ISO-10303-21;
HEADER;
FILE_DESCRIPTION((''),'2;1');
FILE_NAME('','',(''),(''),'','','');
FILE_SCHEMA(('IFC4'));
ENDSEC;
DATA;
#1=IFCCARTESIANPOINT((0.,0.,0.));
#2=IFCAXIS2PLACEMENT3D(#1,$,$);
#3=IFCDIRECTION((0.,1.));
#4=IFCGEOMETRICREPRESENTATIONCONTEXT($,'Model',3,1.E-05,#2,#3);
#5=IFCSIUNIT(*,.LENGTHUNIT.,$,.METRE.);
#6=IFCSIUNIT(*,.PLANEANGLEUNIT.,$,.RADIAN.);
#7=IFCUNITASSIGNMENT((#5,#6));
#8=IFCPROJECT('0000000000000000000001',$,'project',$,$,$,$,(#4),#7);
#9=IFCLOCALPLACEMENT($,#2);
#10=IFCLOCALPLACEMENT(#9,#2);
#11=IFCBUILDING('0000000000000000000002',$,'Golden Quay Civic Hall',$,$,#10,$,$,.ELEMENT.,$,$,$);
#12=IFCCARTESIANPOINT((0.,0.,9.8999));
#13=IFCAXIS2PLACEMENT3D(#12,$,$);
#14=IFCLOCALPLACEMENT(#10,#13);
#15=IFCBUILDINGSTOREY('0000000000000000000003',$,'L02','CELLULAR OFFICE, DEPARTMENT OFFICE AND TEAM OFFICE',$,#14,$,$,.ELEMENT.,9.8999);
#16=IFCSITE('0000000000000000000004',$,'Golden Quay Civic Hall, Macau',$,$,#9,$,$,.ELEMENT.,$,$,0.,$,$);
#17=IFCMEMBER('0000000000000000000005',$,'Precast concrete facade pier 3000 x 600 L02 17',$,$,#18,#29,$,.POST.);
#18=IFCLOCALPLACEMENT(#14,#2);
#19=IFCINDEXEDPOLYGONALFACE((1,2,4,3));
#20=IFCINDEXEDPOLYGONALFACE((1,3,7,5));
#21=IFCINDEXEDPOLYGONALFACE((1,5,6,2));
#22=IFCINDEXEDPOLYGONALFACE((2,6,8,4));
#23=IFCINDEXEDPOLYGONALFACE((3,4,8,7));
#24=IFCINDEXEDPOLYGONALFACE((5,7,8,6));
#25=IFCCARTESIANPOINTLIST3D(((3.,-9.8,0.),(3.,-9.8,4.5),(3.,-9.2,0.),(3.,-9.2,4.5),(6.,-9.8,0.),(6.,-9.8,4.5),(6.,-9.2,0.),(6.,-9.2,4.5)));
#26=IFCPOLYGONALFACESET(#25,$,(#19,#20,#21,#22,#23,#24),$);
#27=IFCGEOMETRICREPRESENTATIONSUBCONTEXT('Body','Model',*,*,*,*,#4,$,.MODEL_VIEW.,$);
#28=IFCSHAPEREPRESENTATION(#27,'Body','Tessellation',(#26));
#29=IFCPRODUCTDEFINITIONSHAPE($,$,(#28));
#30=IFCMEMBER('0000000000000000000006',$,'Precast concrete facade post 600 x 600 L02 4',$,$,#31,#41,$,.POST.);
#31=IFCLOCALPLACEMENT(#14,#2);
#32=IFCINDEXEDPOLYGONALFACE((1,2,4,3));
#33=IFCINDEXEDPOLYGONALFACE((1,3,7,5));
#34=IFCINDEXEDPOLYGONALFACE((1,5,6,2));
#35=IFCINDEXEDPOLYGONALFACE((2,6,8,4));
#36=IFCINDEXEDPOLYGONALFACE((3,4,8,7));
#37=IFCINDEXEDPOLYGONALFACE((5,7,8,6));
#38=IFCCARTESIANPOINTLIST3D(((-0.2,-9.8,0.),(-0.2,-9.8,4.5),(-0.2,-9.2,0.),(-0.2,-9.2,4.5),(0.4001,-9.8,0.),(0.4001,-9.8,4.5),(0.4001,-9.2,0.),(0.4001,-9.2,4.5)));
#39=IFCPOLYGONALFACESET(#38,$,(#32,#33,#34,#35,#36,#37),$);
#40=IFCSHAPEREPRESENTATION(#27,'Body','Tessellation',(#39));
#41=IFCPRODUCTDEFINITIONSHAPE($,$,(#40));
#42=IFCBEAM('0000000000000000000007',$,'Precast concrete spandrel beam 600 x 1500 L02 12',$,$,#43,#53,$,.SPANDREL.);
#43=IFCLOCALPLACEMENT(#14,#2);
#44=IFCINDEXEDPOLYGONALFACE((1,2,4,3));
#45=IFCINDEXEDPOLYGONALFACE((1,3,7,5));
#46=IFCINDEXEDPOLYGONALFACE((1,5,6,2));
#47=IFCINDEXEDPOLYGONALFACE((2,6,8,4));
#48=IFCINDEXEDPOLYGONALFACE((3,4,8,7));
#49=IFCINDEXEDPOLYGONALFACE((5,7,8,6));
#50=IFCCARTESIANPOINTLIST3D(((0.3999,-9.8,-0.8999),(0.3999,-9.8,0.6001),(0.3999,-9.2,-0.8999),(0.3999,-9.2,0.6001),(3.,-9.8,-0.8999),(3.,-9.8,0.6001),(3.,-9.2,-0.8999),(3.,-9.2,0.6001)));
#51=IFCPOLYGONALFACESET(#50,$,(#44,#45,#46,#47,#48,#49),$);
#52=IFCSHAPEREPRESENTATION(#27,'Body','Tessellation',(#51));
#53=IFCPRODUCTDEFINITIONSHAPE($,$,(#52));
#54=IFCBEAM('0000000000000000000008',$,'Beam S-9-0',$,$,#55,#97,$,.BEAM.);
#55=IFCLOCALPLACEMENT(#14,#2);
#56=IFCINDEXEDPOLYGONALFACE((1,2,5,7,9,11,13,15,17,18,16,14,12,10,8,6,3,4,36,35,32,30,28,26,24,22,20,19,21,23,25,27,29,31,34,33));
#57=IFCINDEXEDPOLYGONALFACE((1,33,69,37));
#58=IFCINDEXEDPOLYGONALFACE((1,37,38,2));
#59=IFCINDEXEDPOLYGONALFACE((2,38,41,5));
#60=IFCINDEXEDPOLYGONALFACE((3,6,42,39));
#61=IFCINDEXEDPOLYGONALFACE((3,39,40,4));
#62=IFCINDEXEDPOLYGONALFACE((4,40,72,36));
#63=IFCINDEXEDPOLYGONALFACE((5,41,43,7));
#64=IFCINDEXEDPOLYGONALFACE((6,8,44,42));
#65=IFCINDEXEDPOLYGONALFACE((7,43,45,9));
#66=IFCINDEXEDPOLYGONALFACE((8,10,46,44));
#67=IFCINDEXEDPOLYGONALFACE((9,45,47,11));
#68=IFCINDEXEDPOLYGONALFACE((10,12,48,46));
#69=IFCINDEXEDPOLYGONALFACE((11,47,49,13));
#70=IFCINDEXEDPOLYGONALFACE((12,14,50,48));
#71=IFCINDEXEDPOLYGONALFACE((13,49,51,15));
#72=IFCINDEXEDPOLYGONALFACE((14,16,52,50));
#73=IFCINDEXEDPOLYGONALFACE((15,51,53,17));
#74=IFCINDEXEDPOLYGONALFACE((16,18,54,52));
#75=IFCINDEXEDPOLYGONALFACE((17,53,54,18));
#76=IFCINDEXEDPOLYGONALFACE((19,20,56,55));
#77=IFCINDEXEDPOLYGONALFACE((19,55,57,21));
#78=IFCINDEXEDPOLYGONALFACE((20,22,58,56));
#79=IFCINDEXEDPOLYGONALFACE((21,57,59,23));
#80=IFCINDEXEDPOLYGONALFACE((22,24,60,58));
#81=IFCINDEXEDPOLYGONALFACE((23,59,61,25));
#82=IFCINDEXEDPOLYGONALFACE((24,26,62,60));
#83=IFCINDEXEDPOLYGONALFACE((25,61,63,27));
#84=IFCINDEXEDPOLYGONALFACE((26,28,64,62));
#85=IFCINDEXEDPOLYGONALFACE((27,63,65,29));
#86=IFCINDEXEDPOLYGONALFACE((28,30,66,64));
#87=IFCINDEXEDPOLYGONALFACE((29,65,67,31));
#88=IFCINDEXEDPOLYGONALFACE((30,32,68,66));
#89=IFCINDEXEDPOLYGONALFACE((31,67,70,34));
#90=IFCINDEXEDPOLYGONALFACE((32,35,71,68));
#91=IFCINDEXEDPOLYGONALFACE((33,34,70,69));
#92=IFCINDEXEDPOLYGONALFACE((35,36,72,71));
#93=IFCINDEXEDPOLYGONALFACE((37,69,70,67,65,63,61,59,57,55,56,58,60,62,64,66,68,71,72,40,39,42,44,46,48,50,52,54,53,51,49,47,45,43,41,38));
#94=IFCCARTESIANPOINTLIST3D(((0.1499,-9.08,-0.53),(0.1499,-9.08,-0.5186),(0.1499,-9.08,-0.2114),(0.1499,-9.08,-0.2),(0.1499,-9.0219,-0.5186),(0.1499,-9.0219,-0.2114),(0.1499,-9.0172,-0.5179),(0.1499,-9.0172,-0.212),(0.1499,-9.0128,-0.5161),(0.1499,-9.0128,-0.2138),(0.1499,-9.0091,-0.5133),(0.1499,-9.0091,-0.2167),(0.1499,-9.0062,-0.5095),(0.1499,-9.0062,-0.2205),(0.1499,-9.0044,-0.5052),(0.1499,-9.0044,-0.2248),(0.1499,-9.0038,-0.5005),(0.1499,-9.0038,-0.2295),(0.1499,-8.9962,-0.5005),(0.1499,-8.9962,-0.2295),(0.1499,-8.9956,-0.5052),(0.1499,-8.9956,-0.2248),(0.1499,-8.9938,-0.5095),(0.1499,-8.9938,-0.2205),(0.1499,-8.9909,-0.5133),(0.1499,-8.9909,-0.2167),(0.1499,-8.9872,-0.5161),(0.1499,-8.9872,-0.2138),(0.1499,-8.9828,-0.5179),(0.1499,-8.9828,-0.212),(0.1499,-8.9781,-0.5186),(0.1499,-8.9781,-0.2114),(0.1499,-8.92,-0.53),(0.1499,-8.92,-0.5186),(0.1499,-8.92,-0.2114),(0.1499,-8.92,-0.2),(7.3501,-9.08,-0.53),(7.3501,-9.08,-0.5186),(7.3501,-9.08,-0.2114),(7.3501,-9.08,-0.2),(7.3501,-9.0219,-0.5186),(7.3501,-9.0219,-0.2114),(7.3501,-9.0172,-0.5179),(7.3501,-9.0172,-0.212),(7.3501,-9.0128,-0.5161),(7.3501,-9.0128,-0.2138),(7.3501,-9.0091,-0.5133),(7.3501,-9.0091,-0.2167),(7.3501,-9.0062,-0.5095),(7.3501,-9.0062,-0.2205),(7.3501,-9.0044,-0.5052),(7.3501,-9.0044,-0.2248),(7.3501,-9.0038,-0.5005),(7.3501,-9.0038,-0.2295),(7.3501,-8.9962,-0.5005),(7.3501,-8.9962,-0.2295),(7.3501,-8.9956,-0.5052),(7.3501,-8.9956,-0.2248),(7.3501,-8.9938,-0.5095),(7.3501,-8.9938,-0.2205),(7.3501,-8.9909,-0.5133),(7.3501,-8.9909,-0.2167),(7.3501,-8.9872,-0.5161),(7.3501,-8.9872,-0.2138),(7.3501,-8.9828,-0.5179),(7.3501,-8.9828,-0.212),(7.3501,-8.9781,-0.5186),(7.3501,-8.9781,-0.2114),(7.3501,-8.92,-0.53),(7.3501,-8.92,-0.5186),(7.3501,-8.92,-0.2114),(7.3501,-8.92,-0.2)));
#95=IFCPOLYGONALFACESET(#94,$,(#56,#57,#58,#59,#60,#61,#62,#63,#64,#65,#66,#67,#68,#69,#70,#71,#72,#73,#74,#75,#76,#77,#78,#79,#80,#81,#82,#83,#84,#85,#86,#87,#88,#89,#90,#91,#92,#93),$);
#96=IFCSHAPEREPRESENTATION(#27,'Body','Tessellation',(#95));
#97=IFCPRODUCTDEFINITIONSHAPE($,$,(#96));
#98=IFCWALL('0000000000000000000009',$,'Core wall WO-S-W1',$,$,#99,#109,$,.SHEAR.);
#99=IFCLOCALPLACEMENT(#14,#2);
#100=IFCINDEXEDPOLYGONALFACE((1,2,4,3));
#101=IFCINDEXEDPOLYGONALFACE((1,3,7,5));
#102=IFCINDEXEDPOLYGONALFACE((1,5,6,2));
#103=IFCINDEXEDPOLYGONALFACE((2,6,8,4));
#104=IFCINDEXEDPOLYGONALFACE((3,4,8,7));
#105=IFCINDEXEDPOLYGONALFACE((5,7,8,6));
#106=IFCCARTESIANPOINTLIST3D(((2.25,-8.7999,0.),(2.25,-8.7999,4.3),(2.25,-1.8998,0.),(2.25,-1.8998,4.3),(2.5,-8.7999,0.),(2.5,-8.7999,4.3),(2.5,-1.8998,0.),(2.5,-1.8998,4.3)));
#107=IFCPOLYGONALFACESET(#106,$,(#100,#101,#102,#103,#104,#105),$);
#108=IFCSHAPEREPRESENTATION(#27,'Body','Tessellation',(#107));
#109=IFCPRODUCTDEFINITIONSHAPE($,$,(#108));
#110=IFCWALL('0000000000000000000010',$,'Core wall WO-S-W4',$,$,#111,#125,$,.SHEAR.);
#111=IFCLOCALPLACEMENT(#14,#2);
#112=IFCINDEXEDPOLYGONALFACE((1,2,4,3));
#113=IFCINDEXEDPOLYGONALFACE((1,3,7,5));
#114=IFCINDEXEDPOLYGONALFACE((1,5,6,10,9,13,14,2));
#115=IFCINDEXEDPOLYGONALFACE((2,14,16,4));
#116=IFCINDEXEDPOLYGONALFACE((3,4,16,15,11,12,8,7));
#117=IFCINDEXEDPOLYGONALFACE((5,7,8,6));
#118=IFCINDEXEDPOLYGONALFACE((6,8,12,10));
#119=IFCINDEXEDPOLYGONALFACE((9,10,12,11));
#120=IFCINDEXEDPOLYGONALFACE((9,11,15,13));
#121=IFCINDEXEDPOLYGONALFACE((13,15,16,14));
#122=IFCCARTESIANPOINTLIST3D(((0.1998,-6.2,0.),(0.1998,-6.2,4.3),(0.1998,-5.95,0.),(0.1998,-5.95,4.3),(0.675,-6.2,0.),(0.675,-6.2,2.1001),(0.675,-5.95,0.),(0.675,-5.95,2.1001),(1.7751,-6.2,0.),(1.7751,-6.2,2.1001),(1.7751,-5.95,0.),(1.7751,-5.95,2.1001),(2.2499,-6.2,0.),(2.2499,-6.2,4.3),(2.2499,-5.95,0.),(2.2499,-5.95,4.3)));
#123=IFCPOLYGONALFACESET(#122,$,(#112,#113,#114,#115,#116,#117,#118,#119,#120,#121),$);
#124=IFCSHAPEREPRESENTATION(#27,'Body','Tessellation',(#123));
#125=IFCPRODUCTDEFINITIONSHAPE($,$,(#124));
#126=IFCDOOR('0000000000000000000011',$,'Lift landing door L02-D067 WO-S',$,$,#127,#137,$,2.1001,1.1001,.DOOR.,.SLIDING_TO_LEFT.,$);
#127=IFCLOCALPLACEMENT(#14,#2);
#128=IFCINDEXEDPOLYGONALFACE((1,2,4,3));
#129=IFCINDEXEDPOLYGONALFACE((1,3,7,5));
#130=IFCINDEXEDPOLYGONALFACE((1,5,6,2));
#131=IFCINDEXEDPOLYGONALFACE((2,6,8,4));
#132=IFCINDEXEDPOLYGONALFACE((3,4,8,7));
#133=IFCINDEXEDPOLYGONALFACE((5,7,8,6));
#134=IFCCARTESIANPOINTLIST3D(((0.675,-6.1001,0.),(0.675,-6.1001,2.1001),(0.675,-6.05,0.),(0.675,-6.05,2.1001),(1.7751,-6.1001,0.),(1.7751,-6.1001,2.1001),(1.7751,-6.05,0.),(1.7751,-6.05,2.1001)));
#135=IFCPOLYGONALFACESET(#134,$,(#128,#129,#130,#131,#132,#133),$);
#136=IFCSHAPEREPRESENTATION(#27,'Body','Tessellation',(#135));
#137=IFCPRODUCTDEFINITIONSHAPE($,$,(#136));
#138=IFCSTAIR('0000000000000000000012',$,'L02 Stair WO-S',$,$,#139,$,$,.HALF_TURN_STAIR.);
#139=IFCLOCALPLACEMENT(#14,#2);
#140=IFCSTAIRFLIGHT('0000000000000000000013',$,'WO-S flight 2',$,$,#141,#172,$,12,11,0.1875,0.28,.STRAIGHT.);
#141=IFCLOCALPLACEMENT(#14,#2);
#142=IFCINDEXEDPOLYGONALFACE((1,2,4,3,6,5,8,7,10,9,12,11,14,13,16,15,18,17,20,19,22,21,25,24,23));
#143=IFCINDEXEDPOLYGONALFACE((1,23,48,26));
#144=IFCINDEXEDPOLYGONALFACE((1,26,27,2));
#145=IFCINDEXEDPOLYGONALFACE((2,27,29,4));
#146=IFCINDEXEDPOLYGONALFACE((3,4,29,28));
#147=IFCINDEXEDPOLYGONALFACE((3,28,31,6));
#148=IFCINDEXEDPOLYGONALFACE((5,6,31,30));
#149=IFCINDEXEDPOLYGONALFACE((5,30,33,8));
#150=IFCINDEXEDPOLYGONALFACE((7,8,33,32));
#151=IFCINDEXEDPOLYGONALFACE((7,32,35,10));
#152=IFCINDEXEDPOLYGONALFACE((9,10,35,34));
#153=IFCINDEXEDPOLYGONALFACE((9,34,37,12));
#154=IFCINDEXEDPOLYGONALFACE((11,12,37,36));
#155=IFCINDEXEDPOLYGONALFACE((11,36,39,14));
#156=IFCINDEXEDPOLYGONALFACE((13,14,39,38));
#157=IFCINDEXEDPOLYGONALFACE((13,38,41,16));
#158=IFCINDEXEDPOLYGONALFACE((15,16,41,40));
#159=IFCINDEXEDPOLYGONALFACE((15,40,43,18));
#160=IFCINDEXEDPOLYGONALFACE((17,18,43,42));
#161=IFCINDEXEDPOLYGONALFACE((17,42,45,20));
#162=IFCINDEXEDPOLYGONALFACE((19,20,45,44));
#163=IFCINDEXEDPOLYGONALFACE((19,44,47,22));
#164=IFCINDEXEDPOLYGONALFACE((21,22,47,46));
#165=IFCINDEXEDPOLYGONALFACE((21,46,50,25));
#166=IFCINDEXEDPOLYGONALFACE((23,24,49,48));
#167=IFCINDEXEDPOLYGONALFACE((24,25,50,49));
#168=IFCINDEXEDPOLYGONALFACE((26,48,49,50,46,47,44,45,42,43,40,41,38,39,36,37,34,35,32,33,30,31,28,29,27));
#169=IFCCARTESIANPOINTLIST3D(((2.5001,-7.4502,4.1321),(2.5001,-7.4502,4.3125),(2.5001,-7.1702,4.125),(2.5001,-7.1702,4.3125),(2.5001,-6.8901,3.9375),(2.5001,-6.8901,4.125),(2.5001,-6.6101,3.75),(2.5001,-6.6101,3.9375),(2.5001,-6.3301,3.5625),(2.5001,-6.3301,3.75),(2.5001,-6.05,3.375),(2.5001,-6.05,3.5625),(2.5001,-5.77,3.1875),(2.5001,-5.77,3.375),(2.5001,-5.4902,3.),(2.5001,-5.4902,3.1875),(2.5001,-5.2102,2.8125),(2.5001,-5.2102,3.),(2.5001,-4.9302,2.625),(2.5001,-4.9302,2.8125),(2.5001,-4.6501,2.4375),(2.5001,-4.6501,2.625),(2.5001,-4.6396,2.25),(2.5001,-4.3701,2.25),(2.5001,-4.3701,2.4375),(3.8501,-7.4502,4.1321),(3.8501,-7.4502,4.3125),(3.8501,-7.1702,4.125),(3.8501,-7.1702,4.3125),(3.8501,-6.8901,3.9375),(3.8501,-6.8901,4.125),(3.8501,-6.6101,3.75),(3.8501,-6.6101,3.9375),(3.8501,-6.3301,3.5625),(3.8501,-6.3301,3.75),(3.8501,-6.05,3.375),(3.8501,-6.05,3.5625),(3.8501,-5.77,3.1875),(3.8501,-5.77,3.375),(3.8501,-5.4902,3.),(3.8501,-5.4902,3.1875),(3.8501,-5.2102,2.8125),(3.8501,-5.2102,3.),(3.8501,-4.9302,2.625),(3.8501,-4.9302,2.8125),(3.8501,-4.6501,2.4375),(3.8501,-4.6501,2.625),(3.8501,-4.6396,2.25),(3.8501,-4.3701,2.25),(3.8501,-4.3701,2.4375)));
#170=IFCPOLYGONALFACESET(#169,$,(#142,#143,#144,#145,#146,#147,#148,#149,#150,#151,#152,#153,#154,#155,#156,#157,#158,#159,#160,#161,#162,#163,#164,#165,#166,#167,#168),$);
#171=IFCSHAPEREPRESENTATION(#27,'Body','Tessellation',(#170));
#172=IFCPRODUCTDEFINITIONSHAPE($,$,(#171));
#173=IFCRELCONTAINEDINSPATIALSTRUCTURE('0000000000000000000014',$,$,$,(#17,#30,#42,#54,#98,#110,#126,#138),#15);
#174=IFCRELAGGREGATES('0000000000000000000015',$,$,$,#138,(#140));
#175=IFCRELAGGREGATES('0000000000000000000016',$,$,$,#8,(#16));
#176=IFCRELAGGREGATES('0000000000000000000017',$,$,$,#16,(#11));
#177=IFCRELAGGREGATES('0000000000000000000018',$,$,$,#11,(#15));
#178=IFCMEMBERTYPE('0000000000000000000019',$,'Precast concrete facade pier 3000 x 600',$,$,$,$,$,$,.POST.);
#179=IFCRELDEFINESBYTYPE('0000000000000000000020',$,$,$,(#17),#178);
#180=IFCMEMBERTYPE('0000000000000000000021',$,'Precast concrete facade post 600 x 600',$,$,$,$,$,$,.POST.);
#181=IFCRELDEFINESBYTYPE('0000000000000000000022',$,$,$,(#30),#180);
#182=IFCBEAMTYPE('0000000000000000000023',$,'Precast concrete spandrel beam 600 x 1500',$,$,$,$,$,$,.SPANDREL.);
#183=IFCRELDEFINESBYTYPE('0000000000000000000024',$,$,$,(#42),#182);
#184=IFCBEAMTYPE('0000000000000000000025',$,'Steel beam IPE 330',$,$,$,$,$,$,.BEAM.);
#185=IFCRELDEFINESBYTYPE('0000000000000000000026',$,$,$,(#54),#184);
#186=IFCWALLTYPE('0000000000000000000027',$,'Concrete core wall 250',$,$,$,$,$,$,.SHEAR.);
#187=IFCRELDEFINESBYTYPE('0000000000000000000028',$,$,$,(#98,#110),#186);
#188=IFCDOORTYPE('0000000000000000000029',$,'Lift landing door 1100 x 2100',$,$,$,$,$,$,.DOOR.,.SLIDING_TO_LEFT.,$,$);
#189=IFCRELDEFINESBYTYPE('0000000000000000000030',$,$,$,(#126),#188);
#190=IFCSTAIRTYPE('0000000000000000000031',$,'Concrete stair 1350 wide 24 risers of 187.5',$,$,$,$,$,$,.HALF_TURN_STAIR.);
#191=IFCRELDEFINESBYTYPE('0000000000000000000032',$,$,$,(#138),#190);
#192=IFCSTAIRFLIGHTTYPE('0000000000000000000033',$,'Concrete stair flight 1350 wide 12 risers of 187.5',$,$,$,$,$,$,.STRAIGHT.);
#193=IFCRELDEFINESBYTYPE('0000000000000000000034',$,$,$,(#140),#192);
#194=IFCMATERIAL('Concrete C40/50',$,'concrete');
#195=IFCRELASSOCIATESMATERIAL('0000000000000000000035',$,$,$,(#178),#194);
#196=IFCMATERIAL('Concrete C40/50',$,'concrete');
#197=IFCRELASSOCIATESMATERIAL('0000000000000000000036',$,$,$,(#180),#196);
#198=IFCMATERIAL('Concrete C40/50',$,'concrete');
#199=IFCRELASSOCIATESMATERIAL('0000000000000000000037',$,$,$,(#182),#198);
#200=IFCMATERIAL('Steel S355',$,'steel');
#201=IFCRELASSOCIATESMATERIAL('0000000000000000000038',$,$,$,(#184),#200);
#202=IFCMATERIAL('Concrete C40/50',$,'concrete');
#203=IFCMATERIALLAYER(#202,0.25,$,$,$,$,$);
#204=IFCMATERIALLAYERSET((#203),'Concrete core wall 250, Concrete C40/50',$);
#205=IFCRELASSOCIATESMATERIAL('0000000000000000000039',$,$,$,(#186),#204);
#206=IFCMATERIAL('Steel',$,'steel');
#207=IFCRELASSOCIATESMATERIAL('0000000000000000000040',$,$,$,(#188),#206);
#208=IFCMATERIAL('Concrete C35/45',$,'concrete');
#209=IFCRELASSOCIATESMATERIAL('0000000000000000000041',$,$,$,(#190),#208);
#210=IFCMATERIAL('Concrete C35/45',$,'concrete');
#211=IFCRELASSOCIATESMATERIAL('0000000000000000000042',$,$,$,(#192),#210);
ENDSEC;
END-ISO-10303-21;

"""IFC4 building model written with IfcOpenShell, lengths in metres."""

from ifc_helpers import new_model, si_unit, direction, frame, frame_2d, origin, origin_2d, place, context, subcontext, project, spatial, polyline, rectangle, i_section, outline, extrude, material, layer, layer_set, material_profile, profile_set, type_object, element, fill, aggregate, save


model = new_model("IFC4")

# Units and contexts
model_context = context("Model", 3, precision=1e-05, world=origin(), true_north=direction((0.0, 1.0)))
body_context = subcontext(model_context, "Body", "Model", "MODEL_VIEW")
ifc_project = project(units=[si_unit("LENGTHUNIT", "METRE"), si_unit("PLANEANGLEUNIT", "RADIAN")], contexts=[model_context])

# Site, building, storey
site_placement = place(None, origin())
site = spatial("IfcSite", under=ifc_project, at=site_placement, Name="Golden Quay Civic Hall, Macau", CompositionType="ELEMENT", RefElevation=0.0)
building_placement = place(site_placement, origin())
building = spatial("IfcBuilding", under=site, at=building_placement, Name="Golden Quay Civic Hall", CompositionType="ELEMENT")
storey_placement = place(building_placement, frame((0.0, 0.0, 9.8999)))
storey = spatial("IfcBuildingStorey", under=building, at=storey_placement, Name="L02", Description="CELLULAR OFFICE, DEPARTMENT OFFICE AND TEAM OFFICE", CompositionType="ELEMENT", Elevation=9.8999)

# Members
ifc_material_1 = material(Name="Concrete C40/50", Category="concrete")
ifc_material_profile_1 = material_profile(ifc_material_1, rectangle(XDim=3.0, YDim=0.6001, at=origin_2d()), Name="RC 3000x600")
ifc_profile_set_1 = profile_set([ifc_material_profile_1], Name="Concrete C40/50")
member_type_1 = type_object("IfcMemberType", Name="Precast concrete facade pier 3000 x 600", PredefinedType="POST", material=ifc_profile_set_1)
member_1_placement = place(storey_placement, frame((4.5, -9.5, 0.0), z_axis=(0.0, 0.0, 1.0), x_axis=(1.0, 0.0, 0.0)))
element("IfcMember", 1, at=member_1_placement, inside=storey, type_object=member_type_1, Name="Precast concrete facade pier 3000 x 600 L02 17", PredefinedType="POST", context=body_context, shape_type="SweptSolid", body=[
    extrude(rectangle(XDim=3.0, YDim=0.6001, at=origin_2d()), origin(), (0.0, 0.0, 1.0), 4.5),
])
ifc_material_2 = material(Name="Concrete C40/50", Category="concrete")
ifc_material_profile_2 = material_profile(ifc_material_2, rectangle(XDim=0.6001, YDim=0.6001, at=origin_2d()), Name="RC 600x600")
ifc_profile_set_2 = profile_set([ifc_material_profile_2], Name="Concrete C40/50")
member_type_2 = type_object("IfcMemberType", Name="Precast concrete facade post 600 x 600", PredefinedType="POST", material=ifc_profile_set_2)
member_2_placement = place(storey_placement, frame((0.1001, -9.5, 0.0), z_axis=(0.0, 0.0, 1.0), x_axis=(1.0, 0.0, 0.0)))
element("IfcMember", 2, at=member_2_placement, inside=storey, type_object=member_type_2, Name="Precast concrete facade post 600 x 600 L02 4", PredefinedType="POST", context=body_context, shape_type="SweptSolid", body=[
    extrude(rectangle(XDim=0.6001, YDim=0.6001, at=origin_2d()), origin(), (0.0, 0.0, 1.0), 4.5),
])

# Beams
ifc_material_3 = material(Name="Concrete C40/50", Category="concrete")
ifc_material_profile_3 = material_profile(ifc_material_3, rectangle(XDim=0.6001, YDim=1.5, at=origin_2d()), Name="RC 600x1500")
ifc_profile_set_3 = profile_set([ifc_material_profile_3], Name="Concrete C40/50")
beam_type_1 = type_object("IfcBeamType", Name="Precast concrete spandrel beam 600 x 1500", PredefinedType="SPANDREL", material=ifc_profile_set_3)
beam_1_placement = place(storey_placement, frame((0.3999, -9.5, -0.1499), z_axis=(1.0, 0.0, 0.0), x_axis=(0.0, 1.0, 0.0)))
element("IfcBeam", 3, at=beam_1_placement, inside=storey, type_object=beam_type_1, Name="Precast concrete spandrel beam 600 x 1500 L02 12", PredefinedType="SPANDREL", context=body_context, shape_type="SweptSolid", body=[
    extrude(rectangle(XDim=0.6001, YDim=1.5, at=origin_2d()), origin(), (0.0, 0.0, 1.0), 2.6001),
])
ifc_material_4 = material(Name="Steel S355", Category="steel")
ifc_material_profile_4 = material_profile(ifc_material_4, i_section(OverallWidth=0.1599, OverallDepth=0.3301, WebThickness=0.0076, FlangeThickness=0.0115, FilletRadius=0.0181, at=origin_2d()), Name="IPE 330")
ifc_profile_set_4 = profile_set([ifc_material_profile_4], Name="Steel S355")
beam_type_2 = type_object("IfcBeamType", Name="Steel beam IPE 330", PredefinedType="BEAM", material=ifc_profile_set_4)
beam_2_placement = place(storey_placement, frame((0.1499, -9.0, -0.365), z_axis=(1.0, 0.0, 0.0), x_axis=(0.0, 1.0, 0.0)))
element("IfcBeam", 4, at=beam_2_placement, inside=storey, type_object=beam_type_2, Name="Beam S-9-0", PredefinedType="BEAM", context=body_context, shape_type="SweptSolid", body=[
    extrude(i_section(OverallWidth=0.1599, OverallDepth=0.3301, WebThickness=0.0076, FlangeThickness=0.0115, FilletRadius=0.0181, at=origin_2d()), origin(), (0.0, 0.0, 1.0), 7.2002),
])

# Wall
ifc_material_5 = material(Name="Concrete C40/50", Category="concrete")
ifc_layer = layer(ifc_material_5, 0.25)
ifc_layer_set = layer_set([ifc_layer], Name="Concrete core wall 250, Concrete C40/50")
wall_type = type_object("IfcWallType", Name="Concrete core wall 250", PredefinedType="SHEAR", material=ifc_layer_set)
wall_1_placement = place(storey_placement, frame((2.375, -8.8, 0.0), z_axis=(0.0, 0.0, 1.0), x_axis=(0.0, 1.0, 0.0)))
element("IfcWall", 5, at=wall_1_placement, inside=storey, type_object=wall_type, Name="Core wall WO-S-W1", PredefinedType="SHEAR", context=body_context, shape_type="SweptSolid", body=[
    extrude(rectangle(XDim=6.9001, YDim=0.25, at=frame_2d((3.4502, 0.0))), origin(), (0.0, 0.0, 1.0), 4.3),
])

# Wall, opening, door
wall_2_placement = place(storey_placement, frame((0.2, -6.075, 0.0), z_axis=(0.0, 0.0, 1.0), x_axis=(1.0, 0.0, 0.0)))
wall_2 = element("IfcWall", 6, at=wall_2_placement, inside=storey, type_object=wall_type, Name="Core wall WO-S-W4", PredefinedType="SHEAR", context=body_context, shape_type="SweptSolid", body=[
    extrude(rectangle(XDim=2.05, YDim=0.25, at=frame_2d((1.0249, 0.0))), origin(), (0.0, 0.0, 1.0), 4.3),
])
opening_placement = place(wall_2_placement, frame((0.4751, 0.0, 0.0)))
opening = element("IfcOpeningElement", 7, at=opening_placement, cuts=wall_2, PredefinedType="OPENING", context=body_context, shape_type="SweptSolid", body=[
    extrude(rectangle(XDim=1.1001, YDim=2.1001, at=frame_2d((0.55, 1.05))), frame((0.0, 0.135, 0.0), z_axis=(0.0, -1.0, 0.0), x_axis=(1.0, 0.0, 0.0)), (0.0, 0.0, 1.0), 0.27),
])
ifc_material_6 = material(Name="Steel", Category="steel")
door_type = type_object("IfcDoorType", Name="Lift landing door 1100 x 2100", OperationType="SLIDING_TO_LEFT", PredefinedType="DOOR", material=ifc_material_6)
door_placement = place(opening_placement, origin())
door = element("IfcDoor", 8, at=door_placement, inside=storey, type_object=door_type, Name="Lift landing door L02-D067 WO-S", OperationType="SLIDING_TO_LEFT", OverallHeight=2.1001, OverallWidth=1.1001, PredefinedType="DOOR", context=body_context, shape_type="SweptSolid", body=[
    extrude(rectangle(XDim=1.1001, YDim=2.1001, at=frame_2d((0.55, 1.05))), frame((0.0, 0.0249, 0.0), z_axis=(0.0, -1.0, 0.0), x_axis=(1.0, 0.0, 0.0)), (0.0, 0.0, 1.0), 0.05),
])
fill(opening, door)

# Stair, stair flight
ifc_material_7 = material(Name="Concrete C35/45", Category="concrete")
stair_type = type_object("IfcStairType", Name="Concrete stair 1350 wide 24 risers of 187.5", PredefinedType="HALF_TURN_STAIR", material=ifc_material_7)
stair_placement = place(storey_placement, origin())
stair = element("IfcStair", 9, at=stair_placement, inside=storey, type_object=stair_type, Name="L02 Stair WO-S", PredefinedType="HALF_TURN_STAIR")
ifc_material_8 = material(Name="Concrete C35/45", Category="concrete")
stair_flight_type = type_object("IfcStairFlightType", Name="Concrete stair flight 1350 wide 12 risers of 187.5", PredefinedType="STRAIGHT", material=ifc_material_8)
stair_flight_placement = place(storey_placement, frame((3.175, -4.3701, 2.25), z_axis=(0.0, 0.0, 1.0), x_axis=(0.0, -1.0, 0.0)))
stair_flight = element("IfcStairFlight", 10, at=stair_flight_placement, type_object=stair_flight_type, Name="WO-S flight 2", NumberOfRisers=12, NumberOfTreads=11, PredefinedType="STRAIGHT", RiserHeight=0.1875, TreadLength=0.28, context=body_context, shape_type="SweptSolid", body=[
    extrude(outline(polyline([(0.0, 0.0), (0.0, 0.1875), (0.28, 0.1875), (0.28, 0.375), (0.5601, 0.375), (0.5601, 0.5625), (0.8401, 0.5625), (0.8401, 0.75), (1.1201, 0.75), (1.1201, 0.9375), (1.3999, 0.9375), (1.3999, 1.125), (1.6799, 1.125), (1.6799, 1.3125), (1.96, 1.3125), (1.96, 1.5), (2.24, 1.5), (2.24, 1.6875), (2.52, 1.6875), (2.52, 1.875), (2.8, 1.875), (2.8, 2.0625), (3.0801, 2.0625), (3.0801, 2.25), (3.0801, 1.8821), (0.2695, 0.0), (0.0, 0.0)])), frame((0.0, 0.675, 0.0), z_axis=(0.0, -1.0, 0.0), x_axis=(1.0, 0.0, 0.0)), (0.0, 0.0, 1.0), 1.35),
])
aggregate(stair, [stair_flight])

save(model, "model.ifc")
